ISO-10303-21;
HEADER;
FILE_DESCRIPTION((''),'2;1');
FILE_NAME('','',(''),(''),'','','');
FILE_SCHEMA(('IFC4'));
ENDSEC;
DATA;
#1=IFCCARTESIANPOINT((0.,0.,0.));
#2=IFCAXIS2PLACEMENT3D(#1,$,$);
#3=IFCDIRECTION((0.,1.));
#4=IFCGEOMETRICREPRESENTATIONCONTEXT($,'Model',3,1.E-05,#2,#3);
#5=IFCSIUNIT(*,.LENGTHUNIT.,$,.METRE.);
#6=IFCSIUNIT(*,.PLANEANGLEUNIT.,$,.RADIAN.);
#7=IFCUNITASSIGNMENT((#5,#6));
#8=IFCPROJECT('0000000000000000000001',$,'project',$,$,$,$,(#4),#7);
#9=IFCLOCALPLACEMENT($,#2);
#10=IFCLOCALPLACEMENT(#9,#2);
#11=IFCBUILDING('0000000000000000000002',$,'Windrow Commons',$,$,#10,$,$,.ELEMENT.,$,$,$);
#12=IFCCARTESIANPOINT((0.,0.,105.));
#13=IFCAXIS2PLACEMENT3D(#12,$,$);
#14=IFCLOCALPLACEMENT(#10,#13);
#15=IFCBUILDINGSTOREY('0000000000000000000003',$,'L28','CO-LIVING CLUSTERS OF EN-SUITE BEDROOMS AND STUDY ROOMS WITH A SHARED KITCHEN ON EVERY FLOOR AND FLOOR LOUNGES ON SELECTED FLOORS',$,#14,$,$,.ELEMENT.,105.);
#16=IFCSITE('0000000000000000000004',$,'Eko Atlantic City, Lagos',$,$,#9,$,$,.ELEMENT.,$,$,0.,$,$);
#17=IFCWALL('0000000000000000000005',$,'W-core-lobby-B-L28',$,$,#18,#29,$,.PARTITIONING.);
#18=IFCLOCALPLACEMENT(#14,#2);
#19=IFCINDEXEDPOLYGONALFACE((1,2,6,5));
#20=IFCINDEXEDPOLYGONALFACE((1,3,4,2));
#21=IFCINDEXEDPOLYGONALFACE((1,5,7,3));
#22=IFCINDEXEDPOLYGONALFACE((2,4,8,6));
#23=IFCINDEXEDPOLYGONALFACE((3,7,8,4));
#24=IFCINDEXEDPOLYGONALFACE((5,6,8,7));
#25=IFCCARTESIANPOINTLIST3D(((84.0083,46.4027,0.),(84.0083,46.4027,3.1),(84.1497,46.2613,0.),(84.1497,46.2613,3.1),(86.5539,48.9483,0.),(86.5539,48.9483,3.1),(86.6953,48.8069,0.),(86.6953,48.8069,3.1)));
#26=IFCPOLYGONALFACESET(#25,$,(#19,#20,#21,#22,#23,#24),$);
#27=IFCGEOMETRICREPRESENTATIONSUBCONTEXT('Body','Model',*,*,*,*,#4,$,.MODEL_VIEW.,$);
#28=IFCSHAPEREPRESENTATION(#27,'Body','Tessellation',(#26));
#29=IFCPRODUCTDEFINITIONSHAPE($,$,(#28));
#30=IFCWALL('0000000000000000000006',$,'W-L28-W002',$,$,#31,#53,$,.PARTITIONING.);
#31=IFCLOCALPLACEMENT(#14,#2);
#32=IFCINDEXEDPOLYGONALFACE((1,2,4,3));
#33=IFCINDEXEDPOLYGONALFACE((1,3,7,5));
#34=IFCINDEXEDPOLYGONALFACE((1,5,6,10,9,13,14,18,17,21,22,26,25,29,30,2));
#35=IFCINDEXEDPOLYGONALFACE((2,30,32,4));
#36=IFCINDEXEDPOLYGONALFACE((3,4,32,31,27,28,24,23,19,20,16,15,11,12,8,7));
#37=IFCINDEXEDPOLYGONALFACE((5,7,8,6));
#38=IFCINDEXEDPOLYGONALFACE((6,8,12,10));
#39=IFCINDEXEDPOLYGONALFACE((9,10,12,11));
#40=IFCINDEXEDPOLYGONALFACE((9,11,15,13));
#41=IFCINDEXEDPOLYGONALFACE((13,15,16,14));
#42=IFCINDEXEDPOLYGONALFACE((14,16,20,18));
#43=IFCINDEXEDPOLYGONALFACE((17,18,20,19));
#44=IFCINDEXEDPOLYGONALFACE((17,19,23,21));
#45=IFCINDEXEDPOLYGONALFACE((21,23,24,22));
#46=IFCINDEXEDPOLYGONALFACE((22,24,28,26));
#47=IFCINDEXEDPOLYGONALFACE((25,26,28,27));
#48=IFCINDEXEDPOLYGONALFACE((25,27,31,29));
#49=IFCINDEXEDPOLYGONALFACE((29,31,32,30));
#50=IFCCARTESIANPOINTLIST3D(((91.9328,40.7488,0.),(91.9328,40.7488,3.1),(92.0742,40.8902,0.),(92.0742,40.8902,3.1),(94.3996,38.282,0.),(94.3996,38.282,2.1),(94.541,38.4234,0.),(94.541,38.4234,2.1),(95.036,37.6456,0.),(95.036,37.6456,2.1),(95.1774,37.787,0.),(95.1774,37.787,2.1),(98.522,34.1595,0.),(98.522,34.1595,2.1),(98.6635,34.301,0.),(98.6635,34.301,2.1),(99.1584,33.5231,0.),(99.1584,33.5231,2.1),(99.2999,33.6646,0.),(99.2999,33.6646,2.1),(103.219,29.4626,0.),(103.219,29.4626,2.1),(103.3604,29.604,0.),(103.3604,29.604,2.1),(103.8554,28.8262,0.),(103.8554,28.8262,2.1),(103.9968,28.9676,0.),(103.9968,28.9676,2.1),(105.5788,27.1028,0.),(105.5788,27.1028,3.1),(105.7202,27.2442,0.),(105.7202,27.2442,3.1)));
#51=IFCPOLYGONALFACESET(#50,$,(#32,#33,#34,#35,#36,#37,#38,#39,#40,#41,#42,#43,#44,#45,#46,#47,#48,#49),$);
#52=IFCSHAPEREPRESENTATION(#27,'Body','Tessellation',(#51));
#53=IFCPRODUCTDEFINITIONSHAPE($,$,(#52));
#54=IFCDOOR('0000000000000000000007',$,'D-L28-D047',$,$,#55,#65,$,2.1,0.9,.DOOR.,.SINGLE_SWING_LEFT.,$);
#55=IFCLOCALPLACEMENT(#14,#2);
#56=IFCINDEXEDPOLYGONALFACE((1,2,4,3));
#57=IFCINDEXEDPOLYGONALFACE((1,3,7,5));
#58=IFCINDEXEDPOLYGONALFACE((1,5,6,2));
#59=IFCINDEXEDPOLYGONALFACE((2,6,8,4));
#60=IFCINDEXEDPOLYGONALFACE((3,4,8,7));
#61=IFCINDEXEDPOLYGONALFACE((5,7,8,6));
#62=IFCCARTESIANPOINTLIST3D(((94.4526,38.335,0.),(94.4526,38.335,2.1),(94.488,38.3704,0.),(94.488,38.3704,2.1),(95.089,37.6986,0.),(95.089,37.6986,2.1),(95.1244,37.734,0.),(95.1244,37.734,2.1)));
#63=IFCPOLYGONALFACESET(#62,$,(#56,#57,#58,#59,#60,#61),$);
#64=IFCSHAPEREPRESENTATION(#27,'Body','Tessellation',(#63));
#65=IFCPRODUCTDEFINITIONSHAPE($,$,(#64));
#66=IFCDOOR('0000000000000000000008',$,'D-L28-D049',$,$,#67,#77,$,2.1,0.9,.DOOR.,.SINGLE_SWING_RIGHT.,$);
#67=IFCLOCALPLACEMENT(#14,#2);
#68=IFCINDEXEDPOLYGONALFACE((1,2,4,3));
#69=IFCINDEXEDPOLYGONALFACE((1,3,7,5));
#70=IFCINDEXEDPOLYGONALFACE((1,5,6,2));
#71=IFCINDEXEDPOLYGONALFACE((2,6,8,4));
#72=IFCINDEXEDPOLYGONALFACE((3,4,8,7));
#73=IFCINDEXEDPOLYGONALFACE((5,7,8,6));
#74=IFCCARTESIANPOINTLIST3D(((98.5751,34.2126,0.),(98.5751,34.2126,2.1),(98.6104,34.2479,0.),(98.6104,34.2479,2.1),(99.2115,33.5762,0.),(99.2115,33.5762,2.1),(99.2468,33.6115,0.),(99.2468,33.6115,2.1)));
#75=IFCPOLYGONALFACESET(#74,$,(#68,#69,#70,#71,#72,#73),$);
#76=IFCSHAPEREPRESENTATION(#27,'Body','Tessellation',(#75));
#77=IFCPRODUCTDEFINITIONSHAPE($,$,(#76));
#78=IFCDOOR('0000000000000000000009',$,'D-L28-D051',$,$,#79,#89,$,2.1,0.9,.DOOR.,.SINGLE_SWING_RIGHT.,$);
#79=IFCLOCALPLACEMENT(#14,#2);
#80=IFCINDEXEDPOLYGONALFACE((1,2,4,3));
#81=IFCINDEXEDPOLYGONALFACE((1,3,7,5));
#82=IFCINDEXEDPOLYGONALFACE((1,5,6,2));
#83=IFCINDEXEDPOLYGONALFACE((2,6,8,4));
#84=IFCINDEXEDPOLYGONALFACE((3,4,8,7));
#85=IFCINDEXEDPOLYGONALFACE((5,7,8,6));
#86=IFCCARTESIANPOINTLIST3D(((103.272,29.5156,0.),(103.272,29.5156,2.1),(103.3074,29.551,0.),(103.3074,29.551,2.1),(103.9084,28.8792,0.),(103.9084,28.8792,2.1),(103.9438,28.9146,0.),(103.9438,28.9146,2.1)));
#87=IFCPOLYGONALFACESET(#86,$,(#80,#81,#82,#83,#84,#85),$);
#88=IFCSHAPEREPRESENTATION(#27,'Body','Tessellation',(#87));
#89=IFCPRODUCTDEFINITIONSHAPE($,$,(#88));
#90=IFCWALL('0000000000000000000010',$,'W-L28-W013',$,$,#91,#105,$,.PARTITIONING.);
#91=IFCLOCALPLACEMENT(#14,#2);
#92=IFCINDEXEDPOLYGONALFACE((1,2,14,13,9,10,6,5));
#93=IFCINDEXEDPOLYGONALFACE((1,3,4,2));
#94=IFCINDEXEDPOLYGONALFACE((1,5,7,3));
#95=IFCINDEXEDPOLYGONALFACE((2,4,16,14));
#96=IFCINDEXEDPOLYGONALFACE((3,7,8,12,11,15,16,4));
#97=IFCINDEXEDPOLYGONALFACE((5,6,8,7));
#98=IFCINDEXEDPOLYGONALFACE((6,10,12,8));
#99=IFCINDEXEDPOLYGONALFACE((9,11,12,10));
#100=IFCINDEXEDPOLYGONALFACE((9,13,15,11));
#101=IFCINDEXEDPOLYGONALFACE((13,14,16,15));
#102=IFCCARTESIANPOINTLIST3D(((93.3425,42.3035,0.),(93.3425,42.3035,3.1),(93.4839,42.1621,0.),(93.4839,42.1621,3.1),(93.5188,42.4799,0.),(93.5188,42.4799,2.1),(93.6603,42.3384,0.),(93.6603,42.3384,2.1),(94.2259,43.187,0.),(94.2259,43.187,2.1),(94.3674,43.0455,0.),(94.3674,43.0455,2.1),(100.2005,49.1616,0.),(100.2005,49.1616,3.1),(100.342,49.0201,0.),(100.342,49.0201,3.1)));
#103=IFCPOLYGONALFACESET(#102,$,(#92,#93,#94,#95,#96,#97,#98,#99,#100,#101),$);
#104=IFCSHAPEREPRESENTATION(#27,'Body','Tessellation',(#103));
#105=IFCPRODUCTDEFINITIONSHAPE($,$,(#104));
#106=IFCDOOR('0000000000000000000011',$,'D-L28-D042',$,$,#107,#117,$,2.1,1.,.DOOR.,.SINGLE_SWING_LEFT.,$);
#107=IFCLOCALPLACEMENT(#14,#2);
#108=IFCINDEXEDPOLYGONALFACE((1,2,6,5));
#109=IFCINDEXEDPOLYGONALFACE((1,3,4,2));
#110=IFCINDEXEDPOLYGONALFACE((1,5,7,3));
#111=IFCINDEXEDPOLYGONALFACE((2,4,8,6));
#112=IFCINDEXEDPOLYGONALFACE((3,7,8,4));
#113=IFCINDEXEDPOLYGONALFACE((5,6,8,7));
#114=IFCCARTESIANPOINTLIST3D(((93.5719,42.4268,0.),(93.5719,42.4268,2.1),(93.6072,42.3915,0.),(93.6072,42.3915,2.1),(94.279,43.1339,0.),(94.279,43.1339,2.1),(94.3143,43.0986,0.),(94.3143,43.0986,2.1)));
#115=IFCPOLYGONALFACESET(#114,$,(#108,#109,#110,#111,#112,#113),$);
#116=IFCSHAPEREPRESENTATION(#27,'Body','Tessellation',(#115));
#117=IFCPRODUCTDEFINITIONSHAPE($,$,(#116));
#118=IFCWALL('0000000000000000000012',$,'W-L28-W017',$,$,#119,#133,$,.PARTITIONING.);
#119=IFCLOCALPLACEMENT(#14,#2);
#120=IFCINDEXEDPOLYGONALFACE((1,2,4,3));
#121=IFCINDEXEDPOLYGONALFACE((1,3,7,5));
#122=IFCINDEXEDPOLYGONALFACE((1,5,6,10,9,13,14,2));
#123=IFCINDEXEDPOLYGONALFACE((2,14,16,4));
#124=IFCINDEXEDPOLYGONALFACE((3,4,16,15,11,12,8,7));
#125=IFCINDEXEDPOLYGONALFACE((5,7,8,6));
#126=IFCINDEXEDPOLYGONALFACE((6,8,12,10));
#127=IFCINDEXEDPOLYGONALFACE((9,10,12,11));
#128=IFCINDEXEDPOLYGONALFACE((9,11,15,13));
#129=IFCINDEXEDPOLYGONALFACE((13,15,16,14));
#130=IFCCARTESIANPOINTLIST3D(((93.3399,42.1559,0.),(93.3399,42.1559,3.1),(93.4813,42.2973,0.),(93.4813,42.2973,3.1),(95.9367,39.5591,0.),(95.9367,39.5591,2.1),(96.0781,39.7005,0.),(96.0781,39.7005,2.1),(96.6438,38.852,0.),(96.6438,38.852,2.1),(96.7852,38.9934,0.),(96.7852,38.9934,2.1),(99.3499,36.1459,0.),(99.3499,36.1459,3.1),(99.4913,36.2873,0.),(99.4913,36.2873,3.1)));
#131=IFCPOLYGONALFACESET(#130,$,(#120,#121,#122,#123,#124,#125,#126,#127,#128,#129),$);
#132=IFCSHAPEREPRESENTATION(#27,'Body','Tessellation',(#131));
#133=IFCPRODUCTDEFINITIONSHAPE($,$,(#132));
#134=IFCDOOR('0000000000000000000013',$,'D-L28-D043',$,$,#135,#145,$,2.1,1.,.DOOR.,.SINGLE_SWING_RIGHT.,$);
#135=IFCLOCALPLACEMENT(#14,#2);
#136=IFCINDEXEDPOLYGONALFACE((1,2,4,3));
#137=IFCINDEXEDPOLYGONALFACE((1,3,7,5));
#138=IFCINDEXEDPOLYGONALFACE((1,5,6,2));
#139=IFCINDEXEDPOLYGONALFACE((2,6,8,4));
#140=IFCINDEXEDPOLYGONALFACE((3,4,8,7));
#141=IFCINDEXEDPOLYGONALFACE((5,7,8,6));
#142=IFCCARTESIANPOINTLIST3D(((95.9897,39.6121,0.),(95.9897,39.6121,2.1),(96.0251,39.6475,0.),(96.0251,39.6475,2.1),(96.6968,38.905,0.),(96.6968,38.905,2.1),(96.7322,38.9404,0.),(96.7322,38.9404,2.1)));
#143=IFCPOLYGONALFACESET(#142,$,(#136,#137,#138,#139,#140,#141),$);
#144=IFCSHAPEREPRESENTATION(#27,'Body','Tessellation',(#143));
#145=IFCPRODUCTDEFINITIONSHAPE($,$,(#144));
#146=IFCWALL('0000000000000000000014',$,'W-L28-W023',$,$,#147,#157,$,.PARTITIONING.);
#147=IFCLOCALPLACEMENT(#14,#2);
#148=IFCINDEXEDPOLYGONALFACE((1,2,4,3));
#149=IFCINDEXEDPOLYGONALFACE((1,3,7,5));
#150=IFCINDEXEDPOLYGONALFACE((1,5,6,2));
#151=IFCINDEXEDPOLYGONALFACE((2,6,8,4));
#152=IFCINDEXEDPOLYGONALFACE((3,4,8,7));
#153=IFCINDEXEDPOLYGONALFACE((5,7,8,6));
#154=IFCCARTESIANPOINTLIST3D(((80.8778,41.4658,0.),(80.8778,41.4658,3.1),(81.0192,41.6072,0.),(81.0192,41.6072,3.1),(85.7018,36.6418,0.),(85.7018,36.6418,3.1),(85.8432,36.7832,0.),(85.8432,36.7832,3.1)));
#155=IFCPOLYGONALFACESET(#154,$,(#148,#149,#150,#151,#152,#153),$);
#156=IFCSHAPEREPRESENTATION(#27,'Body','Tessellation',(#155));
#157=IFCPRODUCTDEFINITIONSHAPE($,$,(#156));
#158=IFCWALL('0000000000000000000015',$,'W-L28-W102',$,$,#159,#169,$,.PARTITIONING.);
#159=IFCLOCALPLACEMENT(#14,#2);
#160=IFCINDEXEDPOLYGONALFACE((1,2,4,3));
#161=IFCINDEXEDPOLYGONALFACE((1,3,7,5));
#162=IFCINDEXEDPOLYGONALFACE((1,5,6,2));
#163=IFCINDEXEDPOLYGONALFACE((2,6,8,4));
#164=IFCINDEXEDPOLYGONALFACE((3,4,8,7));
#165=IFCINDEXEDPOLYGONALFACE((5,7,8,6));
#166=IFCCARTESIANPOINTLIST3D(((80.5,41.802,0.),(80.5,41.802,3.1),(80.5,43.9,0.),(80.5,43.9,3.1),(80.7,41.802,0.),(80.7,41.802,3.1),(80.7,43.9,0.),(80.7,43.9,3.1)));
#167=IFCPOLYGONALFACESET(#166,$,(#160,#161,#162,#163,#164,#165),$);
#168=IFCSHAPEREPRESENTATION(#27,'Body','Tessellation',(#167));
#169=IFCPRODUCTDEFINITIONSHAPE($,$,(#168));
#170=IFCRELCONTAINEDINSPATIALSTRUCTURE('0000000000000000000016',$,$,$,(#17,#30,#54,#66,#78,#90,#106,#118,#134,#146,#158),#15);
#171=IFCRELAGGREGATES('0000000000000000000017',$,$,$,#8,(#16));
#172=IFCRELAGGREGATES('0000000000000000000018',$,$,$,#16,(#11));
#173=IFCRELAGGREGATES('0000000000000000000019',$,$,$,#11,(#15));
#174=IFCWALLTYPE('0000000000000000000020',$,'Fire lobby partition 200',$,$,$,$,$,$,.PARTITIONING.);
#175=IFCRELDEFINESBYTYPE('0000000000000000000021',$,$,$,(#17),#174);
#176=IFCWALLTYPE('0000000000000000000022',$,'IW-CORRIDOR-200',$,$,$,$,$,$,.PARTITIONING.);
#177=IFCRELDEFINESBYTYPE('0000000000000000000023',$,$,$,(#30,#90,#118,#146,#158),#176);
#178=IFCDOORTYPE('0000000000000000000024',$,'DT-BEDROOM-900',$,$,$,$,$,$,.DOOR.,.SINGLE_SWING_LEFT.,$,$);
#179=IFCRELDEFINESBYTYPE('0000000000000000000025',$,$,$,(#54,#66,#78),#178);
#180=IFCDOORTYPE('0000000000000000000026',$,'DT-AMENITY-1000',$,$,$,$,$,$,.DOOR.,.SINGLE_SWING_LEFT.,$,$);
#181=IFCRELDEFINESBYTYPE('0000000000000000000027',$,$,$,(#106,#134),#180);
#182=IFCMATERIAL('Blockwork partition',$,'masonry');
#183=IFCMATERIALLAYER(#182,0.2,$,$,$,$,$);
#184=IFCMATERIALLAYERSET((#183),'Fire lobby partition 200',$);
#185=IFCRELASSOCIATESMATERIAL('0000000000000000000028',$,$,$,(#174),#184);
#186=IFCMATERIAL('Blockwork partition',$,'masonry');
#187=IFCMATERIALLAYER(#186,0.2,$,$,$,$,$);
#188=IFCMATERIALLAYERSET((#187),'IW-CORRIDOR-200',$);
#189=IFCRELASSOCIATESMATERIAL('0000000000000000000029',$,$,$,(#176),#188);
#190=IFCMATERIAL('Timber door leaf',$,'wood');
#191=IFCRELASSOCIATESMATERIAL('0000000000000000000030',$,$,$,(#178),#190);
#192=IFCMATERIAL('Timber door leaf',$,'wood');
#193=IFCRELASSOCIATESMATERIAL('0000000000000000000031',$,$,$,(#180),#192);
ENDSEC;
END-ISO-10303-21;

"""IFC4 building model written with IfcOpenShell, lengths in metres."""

from ifc_helpers import new_model, si_unit, direction, frame, frame_2d, origin, place, context, subcontext, project, spatial, rectangle, extrude, material, layer, layer_set, type_object, element, fill, save


model = new_model("IFC4")

# Units and contexts
model_context = context("Model", 3, precision=1e-05, world=origin(), true_north=direction((0.0, 1.0)))
body_context = subcontext(model_context, "Body", "Model", "MODEL_VIEW")
ifc_project = project(units=[si_unit("LENGTHUNIT", "METRE"), si_unit("PLANEANGLEUNIT", "RADIAN")], contexts=[model_context])

# Site, building, storey
site_placement = place(None, origin())
site = spatial("IfcSite", under=ifc_project, at=site_placement, Name="Eko Atlantic City, Lagos", CompositionType="ELEMENT", RefElevation=0.0)
building_placement = place(site_placement, origin())
building = spatial("IfcBuilding", under=site, at=building_placement, Name="Windrow Commons", CompositionType="ELEMENT")
storey_placement = place(building_placement, frame((0.0, 0.0, 105.0)))
storey = spatial("IfcBuildingStorey", under=building, at=storey_placement, Name="L28", Description="CO-LIVING CLUSTERS OF EN-SUITE BEDROOMS AND STUDY ROOMS WITH A SHARED KITCHEN ON EVERY FLOOR AND FLOOR LOUNGES ON SELECTED FLOORS", CompositionType="ELEMENT", Elevation=105.0)

# Wall
ifc_material_1 = material(Name="Blockwork partition", Category="masonry")
ifc_layer_1 = layer(ifc_material_1, 0.2)
ifc_layer_set_1 = layer_set([ifc_layer_1], Name="Fire lobby partition 200")
wall_type_1 = type_object("IfcWallType", Name="Fire lobby partition 200", PredefinedType="PARTITIONING", material=ifc_layer_set_1)
wall_1_placement = place(storey_placement, frame((84.079, 46.332, 0.0), z_axis=(0.0, 0.0, 1.0), x_axis=(0.707107, 0.707107, 0.0)))
element("IfcWall", 1, at=wall_1_placement, inside=storey, type_object=wall_type_1, Name="W-core-lobby-B-L28", PredefinedType="PARTITIONING", context=body_context, shape_type="SweptSolid", body=[
    extrude(rectangle(XDim=3.6, YDim=0.2, at=frame_2d((1.8, 0.0))), origin(), (0.0, 0.0, 1.0), 3.1),
])

# Wall, openings, doors
ifc_material_2 = material(Name="Blockwork partition", Category="masonry")
ifc_layer_2 = layer(ifc_material_2, 0.2)
ifc_layer_set_2 = layer_set([ifc_layer_2], Name="IW-CORRIDOR-200")
wall_type_2 = type_object("IfcWallType", Name="IW-CORRIDOR-200", PredefinedType="PARTITIONING", material=ifc_layer_set_2)
wall_2_placement = place(storey_placement, frame((92.0035, 40.8195, 0.0), z_axis=(0.0, 0.0, 1.0), x_axis=(0.707107, -0.707107, 0.0)))
wall_2 = element("IfcWall", 2, at=wall_2_placement, inside=storey, type_object=wall_type_2, Name="W-L28-W002", PredefinedType="PARTITIONING", context=body_context, shape_type="SweptSolid", body=[
    extrude(rectangle(XDim=19.2984, YDim=0.2, at=frame_2d((9.6492, 0.0))), origin(), (0.0, 0.0, 1.0), 3.1),
])
opening_1_placement = place(wall_2_placement, frame((3.4886, 0.0, 0.0)))
opening_1 = element("IfcOpeningElement", 3, at=opening_1_placement, cuts=wall_2, PredefinedType="OPENING", context=body_context, shape_type="SweptSolid", body=[
    extrude(rectangle(XDim=0.9, YDim=2.1, at=frame_2d((0.45, 1.05))), frame((0.0, 0.11, 0.0), z_axis=(0.0, -1.0, 0.0), x_axis=(1.0, 0.0, 0.0)), (0.0, 0.0, 1.0), 0.22),
])
opening_2_placement = place(wall_2_placement, frame((9.3186, 0.0, 0.0)))
opening_2 = element("IfcOpeningElement", 4, at=opening_2_placement, cuts=wall_2, PredefinedType="OPENING", context=body_context, shape_type="SweptSolid", body=[
    extrude(rectangle(XDim=0.9, YDim=2.1, at=frame_2d((0.45, 1.05))), frame((0.0, 0.11, 0.0), z_axis=(0.0, -1.0, 0.0), x_axis=(1.0, 0.0, 0.0)), (0.0, 0.0, 1.0), 0.22),
])
opening_3_placement = place(wall_2_placement, frame((15.9611, 0.0, 0.0)))
opening_3 = element("IfcOpeningElement", 5, at=opening_3_placement, cuts=wall_2, PredefinedType="OPENING", context=body_context, shape_type="SweptSolid", body=[
    extrude(rectangle(XDim=0.9, YDim=2.1, at=frame_2d((0.45, 1.05))), frame((0.0, 0.11, 0.0), z_axis=(0.0, -1.0, 0.0), x_axis=(1.0, 0.0, 0.0)), (0.0, 0.0, 1.0), 0.22),
])
ifc_material_3 = material(Name="Timber door leaf", Category="wood")
door_type_1 = type_object("IfcDoorType", Name="DT-BEDROOM-900", OperationType="SINGLE_SWING_LEFT", PredefinedType="DOOR", material=ifc_material_3)
door_1_placement = place(opening_1_placement, origin())
door_1 = element("IfcDoor", 6, at=door_1_placement, inside=storey, type_object=door_type_1, Name="D-L28-D047", OperationType="SINGLE_SWING_LEFT", OverallHeight=2.1, OverallWidth=0.9, PredefinedType="DOOR", context=body_context, shape_type="SweptSolid", body=[
    extrude(rectangle(XDim=0.9, YDim=2.1, at=frame_2d((0.45, 1.05))), frame((0.0, 0.025, 0.0), z_axis=(0.0, -1.0, 0.0), x_axis=(1.0, 0.0, 0.0)), (0.0, 0.0, 1.0), 0.05),
])
fill(opening_1, door_1)
door_2_placement = place(opening_2_placement, origin())
door_2 = element("IfcDoor", 7, at=door_2_placement, inside=storey, type_object=door_type_1, Name="D-L28-D049", OperationType="SINGLE_SWING_RIGHT", OverallHeight=2.1, OverallWidth=0.9, PredefinedType="DOOR", context=body_context, shape_type="SweptSolid", body=[
    extrude(rectangle(XDim=0.9, YDim=2.1, at=frame_2d((0.45, 1.05))), frame((0.0, 0.025, 0.0), z_axis=(0.0, -1.0, 0.0), x_axis=(1.0, 0.0, 0.0)), (0.0, 0.0, 1.0), 0.05),
])
fill(opening_2, door_2)
door_3_placement = place(opening_3_placement, origin())
door_3 = element("IfcDoor", 8, at=door_3_placement, inside=storey, type_object=door_type_1, Name="D-L28-D051", OperationType="SINGLE_SWING_RIGHT", OverallHeight=2.1, OverallWidth=0.9, PredefinedType="DOOR", context=body_context, shape_type="SweptSolid", body=[
    extrude(rectangle(XDim=0.9, YDim=2.1, at=frame_2d((0.45, 1.05))), frame((0.0, 0.025, 0.0), z_axis=(0.0, -1.0, 0.0), x_axis=(1.0, 0.0, 0.0)), (0.0, 0.0, 1.0), 0.05),
])
fill(opening_3, door_3)

# Walls, openings, doors
wall_3_placement = place(storey_placement, frame((93.4132, 42.2328, 0.0), z_axis=(0.0, 0.0, 1.0), x_axis=(0.707107, 0.707107, 0.0)))
wall_3 = element("IfcWall", 9, at=wall_3_placement, inside=storey, type_object=wall_type_2, Name="W-L28-W013", PredefinedType="PARTITIONING", context=body_context, shape_type="SweptSolid", body=[
    extrude(rectangle(XDim=9.6987, YDim=0.2, at=frame_2d((4.8494, 0.0))), origin(), (0.0, 0.0, 1.0), 3.1),
])
opening_4_placement = place(wall_3_placement, frame((0.2494, 0.0, 0.0)))
opening_4 = element("IfcOpeningElement", 10, at=opening_4_placement, cuts=wall_3, PredefinedType="OPENING", context=body_context, shape_type="SweptSolid", body=[
    extrude(rectangle(XDim=1.0, YDim=2.1, at=frame_2d((0.5, 1.05))), frame((0.0, 0.11, 0.0), z_axis=(0.0, -1.0, 0.0), x_axis=(1.0, 0.0, 0.0)), (0.0, 0.0, 1.0), 0.22),
])
ifc_material_4 = material(Name="Timber door leaf", Category="wood")
door_type_2 = type_object("IfcDoorType", Name="DT-AMENITY-1000", OperationType="SINGLE_SWING_LEFT", PredefinedType="DOOR", material=ifc_material_4)
door_4_placement = place(opening_4_placement, origin())
door_4 = element("IfcDoor", 11, at=door_4_placement, inside=storey, type_object=door_type_2, Name="D-L28-D042", OperationType="SINGLE_SWING_LEFT", OverallHeight=2.1, OverallWidth=1.0, PredefinedType="DOOR", context=body_context, shape_type="SweptSolid", body=[
    extrude(rectangle(XDim=1.0, YDim=2.1, at=frame_2d((0.5, 1.05))), frame((0.0, 0.025, 0.0), z_axis=(0.0, -1.0, 0.0), x_axis=(1.0, 0.0, 0.0)), (0.0, 0.0, 1.0), 0.05),
])
fill(opening_4, door_4)
wall_4_placement = place(storey_placement, frame((93.4106, 42.2266, 0.0), z_axis=(0.0, 0.0, 1.0), x_axis=(0.707107, -0.707107, 0.0)))
wall_4 = element("IfcWall", 12, at=wall_4_placement, inside=storey, type_object=wall_type_2, Name="W-L28-W017", PredefinedType="PARTITIONING", context=body_context, shape_type="SweptSolid", body=[
    extrude(rectangle(XDim=8.4994, YDim=0.2, at=frame_2d((4.2497, 0.0))), origin(), (0.0, 0.0, 1.0), 3.1),
])
opening_5_placement = place(wall_4_placement, frame((3.6724, 0.0, 0.0)))
opening_5 = element("IfcOpeningElement", 13, at=opening_5_placement, cuts=wall_4, PredefinedType="OPENING", context=body_context, shape_type="SweptSolid", body=[
    extrude(rectangle(XDim=1.0, YDim=2.1, at=frame_2d((0.5, 1.05))), frame((0.0, 0.11, 0.0), z_axis=(0.0, -1.0, 0.0), x_axis=(1.0, 0.0, 0.0)), (0.0, 0.0, 1.0), 0.22),
])
door_5_placement = place(opening_5_placement, origin())
door_5 = element("IfcDoor", 14, at=door_5_placement, inside=storey, type_object=door_type_2, Name="D-L28-D043", OperationType="SINGLE_SWING_RIGHT", OverallHeight=2.1, OverallWidth=1.0, PredefinedType="DOOR", context=body_context, shape_type="SweptSolid", body=[
    extrude(rectangle(XDim=1.0, YDim=2.1, at=frame_2d((0.5, 1.05))), frame((0.0, 0.025, 0.0), z_axis=(0.0, -1.0, 0.0), x_axis=(1.0, 0.0, 0.0)), (0.0, 0.0, 1.0), 0.05),
])
fill(opening_5, door_5)

# Walls
wall_5_placement = place(storey_placement, frame((80.9485, 41.5365, 0.0), z_axis=(0.0, 0.0, 1.0), x_axis=(0.707107, -0.707107, 0.0)))
element("IfcWall", 15, at=wall_5_placement, inside=storey, type_object=wall_type_2, Name="W-L28-W023", PredefinedType="PARTITIONING", context=body_context, shape_type="SweptSolid", body=[
    extrude(rectangle(XDim=6.8222, YDim=0.2, at=frame_2d((3.4111, 0.0))), origin(), (0.0, 0.0, 1.0), 3.1),
])
wall_6_placement = place(storey_placement, frame((80.6, 41.802, 0.0), z_axis=(0.0, 0.0, 1.0), x_axis=(0.0, 1.0, 0.0)))
element("IfcWall", 16, at=wall_6_placement, inside=storey, type_object=wall_type_2, Name="W-L28-W102", PredefinedType="PARTITIONING", context=body_context, shape_type="SweptSolid", body=[
    extrude(rectangle(XDim=2.098, YDim=0.2, at=frame_2d((1.049, 0.0))), origin(), (0.0, 0.0, 1.0), 3.1),
])

save(model, "model.ifc")
